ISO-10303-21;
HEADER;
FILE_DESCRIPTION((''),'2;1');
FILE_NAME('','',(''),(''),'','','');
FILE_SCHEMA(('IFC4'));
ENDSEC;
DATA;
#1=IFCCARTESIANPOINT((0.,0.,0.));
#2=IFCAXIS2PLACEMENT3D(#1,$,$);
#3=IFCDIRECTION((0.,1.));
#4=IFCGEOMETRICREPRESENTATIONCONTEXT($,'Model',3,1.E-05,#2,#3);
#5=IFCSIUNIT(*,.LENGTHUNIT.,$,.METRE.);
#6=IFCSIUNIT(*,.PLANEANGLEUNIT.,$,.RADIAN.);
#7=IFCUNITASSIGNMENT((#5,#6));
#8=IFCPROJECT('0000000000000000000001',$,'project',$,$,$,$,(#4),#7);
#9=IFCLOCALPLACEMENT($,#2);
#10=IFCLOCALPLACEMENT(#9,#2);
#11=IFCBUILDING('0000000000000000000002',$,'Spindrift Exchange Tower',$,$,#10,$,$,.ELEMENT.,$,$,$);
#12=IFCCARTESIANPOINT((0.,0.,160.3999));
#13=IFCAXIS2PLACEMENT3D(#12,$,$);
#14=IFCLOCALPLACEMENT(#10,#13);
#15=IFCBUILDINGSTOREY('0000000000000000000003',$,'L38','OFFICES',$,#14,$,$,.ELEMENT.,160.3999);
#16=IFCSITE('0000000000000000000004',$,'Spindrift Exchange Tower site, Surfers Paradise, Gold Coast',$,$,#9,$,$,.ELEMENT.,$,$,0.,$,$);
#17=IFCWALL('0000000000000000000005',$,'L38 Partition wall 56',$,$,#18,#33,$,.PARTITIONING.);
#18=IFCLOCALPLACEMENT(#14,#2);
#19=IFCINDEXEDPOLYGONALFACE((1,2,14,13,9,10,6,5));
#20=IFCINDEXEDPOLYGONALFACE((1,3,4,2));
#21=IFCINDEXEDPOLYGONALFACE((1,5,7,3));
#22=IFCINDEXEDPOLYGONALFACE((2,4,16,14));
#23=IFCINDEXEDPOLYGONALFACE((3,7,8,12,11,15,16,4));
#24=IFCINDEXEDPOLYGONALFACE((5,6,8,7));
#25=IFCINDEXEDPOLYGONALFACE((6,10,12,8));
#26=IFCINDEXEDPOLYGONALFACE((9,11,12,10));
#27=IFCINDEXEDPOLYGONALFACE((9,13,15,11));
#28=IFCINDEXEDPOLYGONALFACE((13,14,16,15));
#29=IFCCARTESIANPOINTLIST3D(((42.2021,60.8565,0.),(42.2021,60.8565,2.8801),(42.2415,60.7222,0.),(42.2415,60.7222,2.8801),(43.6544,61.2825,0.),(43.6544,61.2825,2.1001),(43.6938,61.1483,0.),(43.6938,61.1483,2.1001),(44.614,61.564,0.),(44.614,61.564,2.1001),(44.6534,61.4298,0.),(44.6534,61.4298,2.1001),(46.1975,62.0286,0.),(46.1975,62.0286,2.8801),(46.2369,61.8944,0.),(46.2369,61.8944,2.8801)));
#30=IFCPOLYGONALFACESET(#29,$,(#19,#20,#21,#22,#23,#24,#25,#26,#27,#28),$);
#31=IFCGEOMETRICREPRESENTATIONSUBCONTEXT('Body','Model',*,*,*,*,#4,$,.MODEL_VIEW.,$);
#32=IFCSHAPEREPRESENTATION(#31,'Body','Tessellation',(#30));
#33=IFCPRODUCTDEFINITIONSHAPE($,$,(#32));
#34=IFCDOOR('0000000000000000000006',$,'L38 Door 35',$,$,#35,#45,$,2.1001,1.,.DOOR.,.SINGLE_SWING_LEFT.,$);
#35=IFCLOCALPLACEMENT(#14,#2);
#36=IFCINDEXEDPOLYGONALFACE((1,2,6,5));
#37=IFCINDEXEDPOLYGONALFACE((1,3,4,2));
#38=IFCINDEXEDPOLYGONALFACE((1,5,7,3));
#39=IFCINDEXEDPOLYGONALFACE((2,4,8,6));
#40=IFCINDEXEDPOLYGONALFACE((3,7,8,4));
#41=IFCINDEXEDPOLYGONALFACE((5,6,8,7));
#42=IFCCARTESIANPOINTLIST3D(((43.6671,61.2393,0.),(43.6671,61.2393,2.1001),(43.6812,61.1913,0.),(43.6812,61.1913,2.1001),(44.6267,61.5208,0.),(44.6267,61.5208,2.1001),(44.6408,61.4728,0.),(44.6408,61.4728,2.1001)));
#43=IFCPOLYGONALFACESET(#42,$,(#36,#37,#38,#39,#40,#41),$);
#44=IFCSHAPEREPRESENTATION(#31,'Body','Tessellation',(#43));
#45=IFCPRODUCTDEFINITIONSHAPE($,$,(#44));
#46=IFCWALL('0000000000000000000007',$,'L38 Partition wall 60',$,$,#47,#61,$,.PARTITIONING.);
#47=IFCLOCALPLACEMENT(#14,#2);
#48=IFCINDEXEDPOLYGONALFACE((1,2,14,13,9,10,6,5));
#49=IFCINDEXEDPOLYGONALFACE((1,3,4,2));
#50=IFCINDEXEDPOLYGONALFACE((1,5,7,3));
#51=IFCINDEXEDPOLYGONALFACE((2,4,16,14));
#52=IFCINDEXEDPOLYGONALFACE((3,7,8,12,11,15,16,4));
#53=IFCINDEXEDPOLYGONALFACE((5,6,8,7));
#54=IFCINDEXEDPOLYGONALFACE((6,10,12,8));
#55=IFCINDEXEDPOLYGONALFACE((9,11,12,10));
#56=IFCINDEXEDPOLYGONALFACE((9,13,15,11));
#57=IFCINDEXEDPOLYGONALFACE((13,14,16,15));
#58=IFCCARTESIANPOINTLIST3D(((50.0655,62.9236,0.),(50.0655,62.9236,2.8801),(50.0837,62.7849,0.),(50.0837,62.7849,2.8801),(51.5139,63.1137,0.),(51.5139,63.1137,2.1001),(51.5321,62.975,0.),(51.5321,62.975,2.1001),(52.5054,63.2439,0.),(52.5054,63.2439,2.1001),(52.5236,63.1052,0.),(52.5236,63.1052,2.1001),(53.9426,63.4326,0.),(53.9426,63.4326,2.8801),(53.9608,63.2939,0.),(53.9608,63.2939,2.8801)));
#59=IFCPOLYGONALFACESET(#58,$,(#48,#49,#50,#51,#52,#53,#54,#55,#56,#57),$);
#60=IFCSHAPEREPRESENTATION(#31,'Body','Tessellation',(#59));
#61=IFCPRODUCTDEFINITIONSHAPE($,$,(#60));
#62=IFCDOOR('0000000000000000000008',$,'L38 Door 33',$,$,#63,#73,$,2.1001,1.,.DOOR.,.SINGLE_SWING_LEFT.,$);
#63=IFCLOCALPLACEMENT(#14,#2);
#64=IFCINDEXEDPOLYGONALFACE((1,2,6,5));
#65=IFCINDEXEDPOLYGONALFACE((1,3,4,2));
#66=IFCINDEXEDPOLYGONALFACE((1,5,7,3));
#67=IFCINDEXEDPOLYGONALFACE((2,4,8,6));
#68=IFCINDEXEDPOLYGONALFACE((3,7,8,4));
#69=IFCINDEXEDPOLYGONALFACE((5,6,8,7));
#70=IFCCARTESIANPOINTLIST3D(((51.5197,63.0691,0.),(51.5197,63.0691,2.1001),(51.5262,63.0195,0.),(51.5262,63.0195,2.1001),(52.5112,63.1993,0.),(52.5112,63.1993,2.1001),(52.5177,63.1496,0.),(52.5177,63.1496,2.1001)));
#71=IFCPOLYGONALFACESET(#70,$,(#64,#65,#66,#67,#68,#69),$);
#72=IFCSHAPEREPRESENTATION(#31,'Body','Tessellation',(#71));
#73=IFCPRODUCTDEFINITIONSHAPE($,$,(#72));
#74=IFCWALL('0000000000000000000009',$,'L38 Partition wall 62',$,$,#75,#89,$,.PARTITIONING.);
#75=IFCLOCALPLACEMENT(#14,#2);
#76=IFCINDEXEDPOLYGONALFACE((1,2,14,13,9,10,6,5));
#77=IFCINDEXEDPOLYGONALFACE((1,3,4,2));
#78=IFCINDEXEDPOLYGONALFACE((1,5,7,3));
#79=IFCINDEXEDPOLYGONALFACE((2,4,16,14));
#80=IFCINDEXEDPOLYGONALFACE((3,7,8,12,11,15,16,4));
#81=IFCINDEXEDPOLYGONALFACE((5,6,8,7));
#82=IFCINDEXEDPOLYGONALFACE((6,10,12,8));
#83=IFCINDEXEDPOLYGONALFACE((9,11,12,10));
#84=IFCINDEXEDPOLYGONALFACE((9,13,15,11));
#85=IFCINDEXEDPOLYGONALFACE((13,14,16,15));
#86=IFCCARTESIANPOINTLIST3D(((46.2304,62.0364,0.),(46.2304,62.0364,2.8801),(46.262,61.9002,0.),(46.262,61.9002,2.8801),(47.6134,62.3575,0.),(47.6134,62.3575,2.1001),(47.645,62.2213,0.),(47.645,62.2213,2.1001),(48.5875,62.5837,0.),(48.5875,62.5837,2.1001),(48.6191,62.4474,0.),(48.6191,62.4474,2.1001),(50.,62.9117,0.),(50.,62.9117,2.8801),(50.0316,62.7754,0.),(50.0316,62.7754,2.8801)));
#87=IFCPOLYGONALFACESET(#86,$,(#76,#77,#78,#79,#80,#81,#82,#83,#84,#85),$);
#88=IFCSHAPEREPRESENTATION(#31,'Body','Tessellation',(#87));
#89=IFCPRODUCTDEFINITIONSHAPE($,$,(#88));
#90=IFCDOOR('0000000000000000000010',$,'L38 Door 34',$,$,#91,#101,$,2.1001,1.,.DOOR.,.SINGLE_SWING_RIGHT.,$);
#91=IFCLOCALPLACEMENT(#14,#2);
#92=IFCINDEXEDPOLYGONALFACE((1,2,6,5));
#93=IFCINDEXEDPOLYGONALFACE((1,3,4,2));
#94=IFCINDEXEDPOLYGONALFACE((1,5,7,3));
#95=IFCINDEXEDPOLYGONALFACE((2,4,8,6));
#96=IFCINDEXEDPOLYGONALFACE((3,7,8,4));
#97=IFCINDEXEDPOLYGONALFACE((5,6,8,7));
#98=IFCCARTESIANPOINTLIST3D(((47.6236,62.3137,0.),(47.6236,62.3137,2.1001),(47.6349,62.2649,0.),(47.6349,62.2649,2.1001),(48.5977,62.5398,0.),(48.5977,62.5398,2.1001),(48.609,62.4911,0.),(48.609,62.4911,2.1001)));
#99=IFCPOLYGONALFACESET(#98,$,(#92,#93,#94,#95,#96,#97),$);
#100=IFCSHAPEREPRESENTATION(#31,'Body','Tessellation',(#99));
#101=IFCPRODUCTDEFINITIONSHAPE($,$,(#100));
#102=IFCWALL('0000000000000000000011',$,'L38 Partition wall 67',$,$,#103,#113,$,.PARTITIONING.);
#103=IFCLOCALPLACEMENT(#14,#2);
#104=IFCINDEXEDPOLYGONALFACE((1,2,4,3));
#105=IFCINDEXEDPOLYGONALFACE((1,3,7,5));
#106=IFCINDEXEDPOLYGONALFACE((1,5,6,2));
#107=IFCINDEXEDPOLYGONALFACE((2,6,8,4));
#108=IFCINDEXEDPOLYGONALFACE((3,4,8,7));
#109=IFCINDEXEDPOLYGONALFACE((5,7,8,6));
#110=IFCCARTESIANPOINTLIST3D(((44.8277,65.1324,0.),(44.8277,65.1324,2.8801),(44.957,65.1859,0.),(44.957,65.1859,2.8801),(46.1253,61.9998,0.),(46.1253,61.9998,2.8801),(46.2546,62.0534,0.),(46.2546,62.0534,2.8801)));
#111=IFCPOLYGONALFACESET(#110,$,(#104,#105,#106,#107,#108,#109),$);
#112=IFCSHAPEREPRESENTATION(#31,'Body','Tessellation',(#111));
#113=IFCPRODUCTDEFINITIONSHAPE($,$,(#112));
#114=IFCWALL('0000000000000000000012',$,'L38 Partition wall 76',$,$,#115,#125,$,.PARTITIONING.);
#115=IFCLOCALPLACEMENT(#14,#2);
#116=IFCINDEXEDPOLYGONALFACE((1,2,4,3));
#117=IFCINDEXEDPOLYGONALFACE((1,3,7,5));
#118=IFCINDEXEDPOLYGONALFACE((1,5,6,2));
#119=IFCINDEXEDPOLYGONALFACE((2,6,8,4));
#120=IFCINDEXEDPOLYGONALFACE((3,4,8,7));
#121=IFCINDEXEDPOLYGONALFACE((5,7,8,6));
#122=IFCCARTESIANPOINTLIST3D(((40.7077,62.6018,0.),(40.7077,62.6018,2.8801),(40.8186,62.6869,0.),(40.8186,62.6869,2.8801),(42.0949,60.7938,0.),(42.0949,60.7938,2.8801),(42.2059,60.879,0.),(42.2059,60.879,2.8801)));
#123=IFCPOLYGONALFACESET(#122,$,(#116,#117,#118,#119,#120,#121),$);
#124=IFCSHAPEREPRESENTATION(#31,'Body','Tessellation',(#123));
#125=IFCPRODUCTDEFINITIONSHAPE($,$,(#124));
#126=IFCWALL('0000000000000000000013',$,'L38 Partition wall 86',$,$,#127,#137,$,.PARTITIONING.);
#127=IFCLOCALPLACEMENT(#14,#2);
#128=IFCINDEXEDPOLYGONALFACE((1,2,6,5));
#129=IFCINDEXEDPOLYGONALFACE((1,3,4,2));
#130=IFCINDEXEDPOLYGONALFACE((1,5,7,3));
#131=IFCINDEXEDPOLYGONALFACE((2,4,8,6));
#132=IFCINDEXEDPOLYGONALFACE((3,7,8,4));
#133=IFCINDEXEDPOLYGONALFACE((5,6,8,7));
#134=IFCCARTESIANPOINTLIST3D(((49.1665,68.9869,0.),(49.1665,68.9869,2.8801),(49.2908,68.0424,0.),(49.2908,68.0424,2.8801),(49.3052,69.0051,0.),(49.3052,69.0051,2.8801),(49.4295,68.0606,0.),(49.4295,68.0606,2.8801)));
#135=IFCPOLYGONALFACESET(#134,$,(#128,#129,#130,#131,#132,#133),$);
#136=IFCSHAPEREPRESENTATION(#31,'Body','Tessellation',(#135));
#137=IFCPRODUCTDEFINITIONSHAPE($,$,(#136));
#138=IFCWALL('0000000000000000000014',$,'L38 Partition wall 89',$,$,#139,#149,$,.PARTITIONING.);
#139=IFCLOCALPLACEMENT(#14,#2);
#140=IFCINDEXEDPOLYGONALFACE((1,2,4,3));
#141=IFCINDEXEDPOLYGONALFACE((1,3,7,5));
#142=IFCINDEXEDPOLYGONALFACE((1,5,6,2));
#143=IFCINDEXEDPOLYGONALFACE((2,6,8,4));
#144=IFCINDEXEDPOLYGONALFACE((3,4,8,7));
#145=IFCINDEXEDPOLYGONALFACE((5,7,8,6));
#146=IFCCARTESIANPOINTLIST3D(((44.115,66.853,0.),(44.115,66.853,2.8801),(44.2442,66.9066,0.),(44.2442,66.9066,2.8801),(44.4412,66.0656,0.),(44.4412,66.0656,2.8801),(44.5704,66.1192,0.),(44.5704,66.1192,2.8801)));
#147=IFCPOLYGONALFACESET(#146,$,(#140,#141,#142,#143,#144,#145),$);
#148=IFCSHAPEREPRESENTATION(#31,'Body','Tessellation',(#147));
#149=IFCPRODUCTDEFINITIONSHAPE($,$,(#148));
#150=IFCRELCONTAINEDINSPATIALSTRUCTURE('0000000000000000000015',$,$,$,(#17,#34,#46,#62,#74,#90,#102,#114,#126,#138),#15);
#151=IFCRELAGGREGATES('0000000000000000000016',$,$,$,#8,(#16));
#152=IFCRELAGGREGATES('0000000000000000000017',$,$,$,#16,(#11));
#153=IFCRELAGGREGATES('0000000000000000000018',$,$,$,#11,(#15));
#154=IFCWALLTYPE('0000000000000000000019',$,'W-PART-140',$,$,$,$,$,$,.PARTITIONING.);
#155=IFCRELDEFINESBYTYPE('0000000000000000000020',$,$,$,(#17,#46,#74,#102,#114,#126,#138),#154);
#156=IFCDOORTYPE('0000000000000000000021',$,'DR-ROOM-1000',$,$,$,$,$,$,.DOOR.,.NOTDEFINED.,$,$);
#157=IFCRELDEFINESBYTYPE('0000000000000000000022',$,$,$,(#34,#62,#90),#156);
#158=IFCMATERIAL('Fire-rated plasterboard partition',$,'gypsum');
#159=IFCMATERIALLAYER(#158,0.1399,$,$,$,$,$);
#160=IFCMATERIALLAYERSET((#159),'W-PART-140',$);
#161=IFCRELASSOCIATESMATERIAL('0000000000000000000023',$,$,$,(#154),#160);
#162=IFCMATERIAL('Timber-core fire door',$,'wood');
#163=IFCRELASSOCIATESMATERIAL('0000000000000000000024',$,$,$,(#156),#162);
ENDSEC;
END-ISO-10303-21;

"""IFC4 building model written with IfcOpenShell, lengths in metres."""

from ifc_helpers import new_model, si_unit, direction, frame, frame_2d, origin, place, context, subcontext, project, spatial, rectangle, extrude, source, transform, mapped, material, layer, layer_set, type_object, element, fill, save


model = new_model("IFC4")

# Units and contexts
model_context = context("Model", 3, precision=1e-05, world=origin(), true_north=direction((0.0, 1.0)))
body_context = subcontext(model_context, "Body", "Model", "MODEL_VIEW")
ifc_project = project(units=[si_unit("LENGTHUNIT", "METRE"), si_unit("PLANEANGLEUNIT", "RADIAN")], contexts=[model_context])

# Site, building, storey
site_placement = place(None, origin())
site = spatial("IfcSite", under=ifc_project, at=site_placement, Name="Spindrift Exchange Tower site, Surfers Paradise, Gold Coast", CompositionType="ELEMENT", RefElevation=0.0)
building_placement = place(site_placement, origin())
building = spatial("IfcBuilding", under=site, at=building_placement, Name="Spindrift Exchange Tower", CompositionType="ELEMENT")
storey_placement = place(building_placement, frame((0.0, 0.0, 160.3999)))
storey = spatial("IfcBuildingStorey", under=building, at=storey_placement, Name="L38", Description="OFFICES", CompositionType="ELEMENT", Elevation=160.3999)

# Shared definitions
ifc_material_1 = material(Name="Fire-rated plasterboard partition", Category="gypsum")
ifc_layer_1 = layer(ifc_material_1, 0.1399)
ifc_layer_set_1 = layer_set([ifc_layer_1], Name="W-PART-140")
wall_type = type_object("IfcWallType", Name="W-PART-140", PredefinedType="PARTITIONING", material=ifc_layer_set_1)

# Walls, openings, doors
wall_1_placement = place(storey_placement, frame((42.2217, 60.7893, 0.0), z_axis=(0.0, 0.0, 1.0), x_axis=(0.959559, 0.281506, 0.0)))
wall_1 = element("IfcWall", 1, at=wall_1_placement, inside=storey, type_object=wall_type, Name="L38 Partition wall 56", PredefinedType="PARTITIONING", context=body_context, shape_type="SweptSolid", body=[
    extrude(rectangle(XDim=4.1638, YDim=0.1399, at=frame_2d((2.082, 0.0))), origin(), (0.0, 0.0, 1.0), 2.8801),
])
opening_1_placement = place(wall_1_placement, frame((1.5137, 0.0, 0.0)))
opening_1 = element("IfcOpeningElement", 2, at=opening_1_placement, cuts=wall_1, PredefinedType="OPENING", context=body_context, shape_type="SweptSolid", body=[
    extrude(rectangle(XDim=1.0, YDim=2.1001, at=frame_2d((0.5, 1.05))), frame((0.0, 0.0798, 0.0), z_axis=(0.0, -1.0, 0.0), x_axis=(1.0, 0.0, 0.0)), (0.0, 0.0, 1.0), 0.1599),
])
ifc_material_2 = material(Name="Timber-core fire door", Category="wood")
door_type = type_object("IfcDoorType", Name="DR-ROOM-1000", OperationType="NOTDEFINED", PredefinedType="DOOR", material=ifc_material_2)
shared_shape_1 = source(origin(), body_context, "Body", "SweptSolid", [
    extrude(rectangle(XDim=1.0, YDim=2.1001, at=frame_2d((0.5, 1.05))), frame((0.0, 0.0249, 0.0), z_axis=(0.0, -1.0, 0.0), x_axis=(1.0, 0.0, 0.0)), (0.0, 0.0, 1.0), 0.05),
])
door_1_placement = place(opening_1_placement, origin())
door_1 = element("IfcDoor", 3, at=door_1_placement, inside=storey, type_object=door_type, Name="L38 Door 35", OperationType="SINGLE_SWING_LEFT", OverallHeight=2.1001, OverallWidth=1.0, PredefinedType="DOOR", context=body_context, shape_type="MappedRepresentation", body=[
    mapped(shared_shape_1, transform((0.0, 0.0, 0.0), scale=1.0)),
])
fill(opening_1, door_1)
wall_2_placement = place(storey_placement, frame((50.0747, 62.8542, 0.0), z_axis=(0.0, 0.0, 1.0), x_axis=(0.991491, 0.130172, 0.0)))
wall_2 = element("IfcWall", 4, at=wall_2_placement, inside=storey, type_object=wall_type, Name="L38 Partition wall 60", PredefinedType="PARTITIONING", context=body_context, shape_type="SweptSolid", body=[
    extrude(rectangle(XDim=3.9104, YDim=0.1399, at=frame_2d((1.9551, 0.0))), origin(), (0.0, 0.0, 1.0), 2.8801),
])
opening_2_placement = place(wall_2_placement, frame((1.4607, 0.0, 0.0)))
opening_2 = element("IfcOpeningElement", 5, at=opening_2_placement, cuts=wall_2, PredefinedType="OPENING", context=body_context, shape_type="SweptSolid", body=[
    extrude(rectangle(XDim=1.0, YDim=2.1001, at=frame_2d((0.5, 1.05))), frame((0.0, 0.0798, 0.0), z_axis=(0.0, -1.0, 0.0), x_axis=(1.0, 0.0, 0.0)), (0.0, 0.0, 1.0), 0.1599),
])
door_2_placement = place(opening_2_placement, origin())
door_2 = element("IfcDoor", 6, at=door_2_placement, inside=storey, type_object=door_type, Name="L38 Door 33", OperationType="SINGLE_SWING_LEFT", OverallHeight=2.1001, OverallWidth=1.0, PredefinedType="DOOR", context=body_context, shape_type="MappedRepresentation", body=[
    mapped(shared_shape_1, transform((0.0, 0.0, 0.0), scale=1.0)),
])
fill(opening_2, door_2)
wall_3_placement = place(storey_placement, frame((46.2461, 61.9683, 0.0), z_axis=(0.0, 0.0, 1.0), x_axis=(0.974087, 0.226172, 0.0)))
wall_3 = element("IfcWall", 7, at=wall_3_placement, inside=storey, type_object=wall_type, Name="L38 Partition wall 62", PredefinedType="PARTITIONING", context=body_context, shape_type="SweptSolid", body=[
    extrude(rectangle(XDim=3.8699, YDim=0.1399, at=frame_2d((1.9351, 0.0))), origin(), (0.0, 0.0, 1.0), 2.8801),
])
opening_3_placement = place(wall_3_placement, frame((1.4199, 0.0, 0.0)))
opening_3 = element("IfcOpeningElement", 8, at=opening_3_placement, cuts=wall_3, PredefinedType="OPENING", context=body_context, shape_type="SweptSolid", body=[
    extrude(rectangle(XDim=1.0, YDim=2.1001, at=frame_2d((0.5, 1.05))), frame((0.0, 0.0798, 0.0), z_axis=(0.0, -1.0, 0.0), x_axis=(1.0, 0.0, 0.0)), (0.0, 0.0, 1.0), 0.1599),
])
door_3_placement = place(opening_3_placement, origin())
door_3 = element("IfcDoor", 9, at=door_3_placement, inside=storey, type_object=door_type, Name="L38 Door 34", OperationType="SINGLE_SWING_RIGHT", OverallHeight=2.1001, OverallWidth=1.0, PredefinedType="DOOR", context=body_context, shape_type="MappedRepresentation", body=[
    mapped(shared_shape_1, transform((0.0, 0.0, 0.0), scale=1.0)),
])
fill(opening_3, door_3)

# Walls
wall_4_placement = place(storey_placement, frame((46.1899, 62.0266, 0.0), z_axis=(0.0, 0.0, 1.0), x_axis=(-0.382697, 0.923874, 0.0)))
element("IfcWall", 10, at=wall_4_placement, inside=storey, type_object=wall_type, Name="L38 Partition wall 67", PredefinedType="PARTITIONING", context=body_context, shape_type="SweptSolid", body=[
    extrude(rectangle(XDim=3.3906, YDim=0.1399, at=frame_2d((1.6953, 0.0))), origin(), (0.0, 0.0, 1.0), 2.8801),
])
wall_5_placement = place(storey_placement, frame((42.1504, 60.8364, 0.0), z_axis=(0.0, 0.0, 1.0), x_axis=(-0.608758, 0.793356, 0.0)))
element("IfcWall", 11, at=wall_5_placement, inside=storey, type_object=wall_type, Name="L38 Partition wall 76", PredefinedType="PARTITIONING", context=body_context, shape_type="SweptSolid", body=[
    extrude(rectangle(XDim=2.2788, YDim=0.1399, at=frame_2d((1.1394, 0.0))), origin(), (0.0, 0.0, 1.0), 2.8801),
])
wall_6_placement = place(storey_placement, frame((49.3601, 68.0515, 0.0), z_axis=(0.0, 0.0, 1.0), x_axis=(-0.130435, 0.991457, 0.0)))
element("IfcWall", 12, at=wall_6_placement, inside=storey, type_object=wall_type, Name="L38 Partition wall 86", PredefinedType="PARTITIONING", context=body_context, shape_type="SweptSolid", body=[
    extrude(rectangle(XDim=0.9526, YDim=0.1399, at=frame_2d((0.4763, 0.0))), origin(), (0.0, 0.0, 1.0), 2.8801),
])
wall_7_placement = place(storey_placement, frame((44.5059, 66.0923, 0.0), z_axis=(0.0, 0.0, 1.0), x_axis=(-0.382723, 0.923863, 0.0)))
element("IfcWall", 13, at=wall_7_placement, inside=storey, type_object=wall_type, Name="L38 Partition wall 89", PredefinedType="PARTITIONING", context=body_context, shape_type="SweptSolid", body=[
    extrude(rectangle(XDim=0.8523, YDim=0.1399, at=frame_2d((0.4263, 0.0))), origin(), (0.0, 0.0, 1.0), 2.8801),
])

save(model, "model.ifc")
